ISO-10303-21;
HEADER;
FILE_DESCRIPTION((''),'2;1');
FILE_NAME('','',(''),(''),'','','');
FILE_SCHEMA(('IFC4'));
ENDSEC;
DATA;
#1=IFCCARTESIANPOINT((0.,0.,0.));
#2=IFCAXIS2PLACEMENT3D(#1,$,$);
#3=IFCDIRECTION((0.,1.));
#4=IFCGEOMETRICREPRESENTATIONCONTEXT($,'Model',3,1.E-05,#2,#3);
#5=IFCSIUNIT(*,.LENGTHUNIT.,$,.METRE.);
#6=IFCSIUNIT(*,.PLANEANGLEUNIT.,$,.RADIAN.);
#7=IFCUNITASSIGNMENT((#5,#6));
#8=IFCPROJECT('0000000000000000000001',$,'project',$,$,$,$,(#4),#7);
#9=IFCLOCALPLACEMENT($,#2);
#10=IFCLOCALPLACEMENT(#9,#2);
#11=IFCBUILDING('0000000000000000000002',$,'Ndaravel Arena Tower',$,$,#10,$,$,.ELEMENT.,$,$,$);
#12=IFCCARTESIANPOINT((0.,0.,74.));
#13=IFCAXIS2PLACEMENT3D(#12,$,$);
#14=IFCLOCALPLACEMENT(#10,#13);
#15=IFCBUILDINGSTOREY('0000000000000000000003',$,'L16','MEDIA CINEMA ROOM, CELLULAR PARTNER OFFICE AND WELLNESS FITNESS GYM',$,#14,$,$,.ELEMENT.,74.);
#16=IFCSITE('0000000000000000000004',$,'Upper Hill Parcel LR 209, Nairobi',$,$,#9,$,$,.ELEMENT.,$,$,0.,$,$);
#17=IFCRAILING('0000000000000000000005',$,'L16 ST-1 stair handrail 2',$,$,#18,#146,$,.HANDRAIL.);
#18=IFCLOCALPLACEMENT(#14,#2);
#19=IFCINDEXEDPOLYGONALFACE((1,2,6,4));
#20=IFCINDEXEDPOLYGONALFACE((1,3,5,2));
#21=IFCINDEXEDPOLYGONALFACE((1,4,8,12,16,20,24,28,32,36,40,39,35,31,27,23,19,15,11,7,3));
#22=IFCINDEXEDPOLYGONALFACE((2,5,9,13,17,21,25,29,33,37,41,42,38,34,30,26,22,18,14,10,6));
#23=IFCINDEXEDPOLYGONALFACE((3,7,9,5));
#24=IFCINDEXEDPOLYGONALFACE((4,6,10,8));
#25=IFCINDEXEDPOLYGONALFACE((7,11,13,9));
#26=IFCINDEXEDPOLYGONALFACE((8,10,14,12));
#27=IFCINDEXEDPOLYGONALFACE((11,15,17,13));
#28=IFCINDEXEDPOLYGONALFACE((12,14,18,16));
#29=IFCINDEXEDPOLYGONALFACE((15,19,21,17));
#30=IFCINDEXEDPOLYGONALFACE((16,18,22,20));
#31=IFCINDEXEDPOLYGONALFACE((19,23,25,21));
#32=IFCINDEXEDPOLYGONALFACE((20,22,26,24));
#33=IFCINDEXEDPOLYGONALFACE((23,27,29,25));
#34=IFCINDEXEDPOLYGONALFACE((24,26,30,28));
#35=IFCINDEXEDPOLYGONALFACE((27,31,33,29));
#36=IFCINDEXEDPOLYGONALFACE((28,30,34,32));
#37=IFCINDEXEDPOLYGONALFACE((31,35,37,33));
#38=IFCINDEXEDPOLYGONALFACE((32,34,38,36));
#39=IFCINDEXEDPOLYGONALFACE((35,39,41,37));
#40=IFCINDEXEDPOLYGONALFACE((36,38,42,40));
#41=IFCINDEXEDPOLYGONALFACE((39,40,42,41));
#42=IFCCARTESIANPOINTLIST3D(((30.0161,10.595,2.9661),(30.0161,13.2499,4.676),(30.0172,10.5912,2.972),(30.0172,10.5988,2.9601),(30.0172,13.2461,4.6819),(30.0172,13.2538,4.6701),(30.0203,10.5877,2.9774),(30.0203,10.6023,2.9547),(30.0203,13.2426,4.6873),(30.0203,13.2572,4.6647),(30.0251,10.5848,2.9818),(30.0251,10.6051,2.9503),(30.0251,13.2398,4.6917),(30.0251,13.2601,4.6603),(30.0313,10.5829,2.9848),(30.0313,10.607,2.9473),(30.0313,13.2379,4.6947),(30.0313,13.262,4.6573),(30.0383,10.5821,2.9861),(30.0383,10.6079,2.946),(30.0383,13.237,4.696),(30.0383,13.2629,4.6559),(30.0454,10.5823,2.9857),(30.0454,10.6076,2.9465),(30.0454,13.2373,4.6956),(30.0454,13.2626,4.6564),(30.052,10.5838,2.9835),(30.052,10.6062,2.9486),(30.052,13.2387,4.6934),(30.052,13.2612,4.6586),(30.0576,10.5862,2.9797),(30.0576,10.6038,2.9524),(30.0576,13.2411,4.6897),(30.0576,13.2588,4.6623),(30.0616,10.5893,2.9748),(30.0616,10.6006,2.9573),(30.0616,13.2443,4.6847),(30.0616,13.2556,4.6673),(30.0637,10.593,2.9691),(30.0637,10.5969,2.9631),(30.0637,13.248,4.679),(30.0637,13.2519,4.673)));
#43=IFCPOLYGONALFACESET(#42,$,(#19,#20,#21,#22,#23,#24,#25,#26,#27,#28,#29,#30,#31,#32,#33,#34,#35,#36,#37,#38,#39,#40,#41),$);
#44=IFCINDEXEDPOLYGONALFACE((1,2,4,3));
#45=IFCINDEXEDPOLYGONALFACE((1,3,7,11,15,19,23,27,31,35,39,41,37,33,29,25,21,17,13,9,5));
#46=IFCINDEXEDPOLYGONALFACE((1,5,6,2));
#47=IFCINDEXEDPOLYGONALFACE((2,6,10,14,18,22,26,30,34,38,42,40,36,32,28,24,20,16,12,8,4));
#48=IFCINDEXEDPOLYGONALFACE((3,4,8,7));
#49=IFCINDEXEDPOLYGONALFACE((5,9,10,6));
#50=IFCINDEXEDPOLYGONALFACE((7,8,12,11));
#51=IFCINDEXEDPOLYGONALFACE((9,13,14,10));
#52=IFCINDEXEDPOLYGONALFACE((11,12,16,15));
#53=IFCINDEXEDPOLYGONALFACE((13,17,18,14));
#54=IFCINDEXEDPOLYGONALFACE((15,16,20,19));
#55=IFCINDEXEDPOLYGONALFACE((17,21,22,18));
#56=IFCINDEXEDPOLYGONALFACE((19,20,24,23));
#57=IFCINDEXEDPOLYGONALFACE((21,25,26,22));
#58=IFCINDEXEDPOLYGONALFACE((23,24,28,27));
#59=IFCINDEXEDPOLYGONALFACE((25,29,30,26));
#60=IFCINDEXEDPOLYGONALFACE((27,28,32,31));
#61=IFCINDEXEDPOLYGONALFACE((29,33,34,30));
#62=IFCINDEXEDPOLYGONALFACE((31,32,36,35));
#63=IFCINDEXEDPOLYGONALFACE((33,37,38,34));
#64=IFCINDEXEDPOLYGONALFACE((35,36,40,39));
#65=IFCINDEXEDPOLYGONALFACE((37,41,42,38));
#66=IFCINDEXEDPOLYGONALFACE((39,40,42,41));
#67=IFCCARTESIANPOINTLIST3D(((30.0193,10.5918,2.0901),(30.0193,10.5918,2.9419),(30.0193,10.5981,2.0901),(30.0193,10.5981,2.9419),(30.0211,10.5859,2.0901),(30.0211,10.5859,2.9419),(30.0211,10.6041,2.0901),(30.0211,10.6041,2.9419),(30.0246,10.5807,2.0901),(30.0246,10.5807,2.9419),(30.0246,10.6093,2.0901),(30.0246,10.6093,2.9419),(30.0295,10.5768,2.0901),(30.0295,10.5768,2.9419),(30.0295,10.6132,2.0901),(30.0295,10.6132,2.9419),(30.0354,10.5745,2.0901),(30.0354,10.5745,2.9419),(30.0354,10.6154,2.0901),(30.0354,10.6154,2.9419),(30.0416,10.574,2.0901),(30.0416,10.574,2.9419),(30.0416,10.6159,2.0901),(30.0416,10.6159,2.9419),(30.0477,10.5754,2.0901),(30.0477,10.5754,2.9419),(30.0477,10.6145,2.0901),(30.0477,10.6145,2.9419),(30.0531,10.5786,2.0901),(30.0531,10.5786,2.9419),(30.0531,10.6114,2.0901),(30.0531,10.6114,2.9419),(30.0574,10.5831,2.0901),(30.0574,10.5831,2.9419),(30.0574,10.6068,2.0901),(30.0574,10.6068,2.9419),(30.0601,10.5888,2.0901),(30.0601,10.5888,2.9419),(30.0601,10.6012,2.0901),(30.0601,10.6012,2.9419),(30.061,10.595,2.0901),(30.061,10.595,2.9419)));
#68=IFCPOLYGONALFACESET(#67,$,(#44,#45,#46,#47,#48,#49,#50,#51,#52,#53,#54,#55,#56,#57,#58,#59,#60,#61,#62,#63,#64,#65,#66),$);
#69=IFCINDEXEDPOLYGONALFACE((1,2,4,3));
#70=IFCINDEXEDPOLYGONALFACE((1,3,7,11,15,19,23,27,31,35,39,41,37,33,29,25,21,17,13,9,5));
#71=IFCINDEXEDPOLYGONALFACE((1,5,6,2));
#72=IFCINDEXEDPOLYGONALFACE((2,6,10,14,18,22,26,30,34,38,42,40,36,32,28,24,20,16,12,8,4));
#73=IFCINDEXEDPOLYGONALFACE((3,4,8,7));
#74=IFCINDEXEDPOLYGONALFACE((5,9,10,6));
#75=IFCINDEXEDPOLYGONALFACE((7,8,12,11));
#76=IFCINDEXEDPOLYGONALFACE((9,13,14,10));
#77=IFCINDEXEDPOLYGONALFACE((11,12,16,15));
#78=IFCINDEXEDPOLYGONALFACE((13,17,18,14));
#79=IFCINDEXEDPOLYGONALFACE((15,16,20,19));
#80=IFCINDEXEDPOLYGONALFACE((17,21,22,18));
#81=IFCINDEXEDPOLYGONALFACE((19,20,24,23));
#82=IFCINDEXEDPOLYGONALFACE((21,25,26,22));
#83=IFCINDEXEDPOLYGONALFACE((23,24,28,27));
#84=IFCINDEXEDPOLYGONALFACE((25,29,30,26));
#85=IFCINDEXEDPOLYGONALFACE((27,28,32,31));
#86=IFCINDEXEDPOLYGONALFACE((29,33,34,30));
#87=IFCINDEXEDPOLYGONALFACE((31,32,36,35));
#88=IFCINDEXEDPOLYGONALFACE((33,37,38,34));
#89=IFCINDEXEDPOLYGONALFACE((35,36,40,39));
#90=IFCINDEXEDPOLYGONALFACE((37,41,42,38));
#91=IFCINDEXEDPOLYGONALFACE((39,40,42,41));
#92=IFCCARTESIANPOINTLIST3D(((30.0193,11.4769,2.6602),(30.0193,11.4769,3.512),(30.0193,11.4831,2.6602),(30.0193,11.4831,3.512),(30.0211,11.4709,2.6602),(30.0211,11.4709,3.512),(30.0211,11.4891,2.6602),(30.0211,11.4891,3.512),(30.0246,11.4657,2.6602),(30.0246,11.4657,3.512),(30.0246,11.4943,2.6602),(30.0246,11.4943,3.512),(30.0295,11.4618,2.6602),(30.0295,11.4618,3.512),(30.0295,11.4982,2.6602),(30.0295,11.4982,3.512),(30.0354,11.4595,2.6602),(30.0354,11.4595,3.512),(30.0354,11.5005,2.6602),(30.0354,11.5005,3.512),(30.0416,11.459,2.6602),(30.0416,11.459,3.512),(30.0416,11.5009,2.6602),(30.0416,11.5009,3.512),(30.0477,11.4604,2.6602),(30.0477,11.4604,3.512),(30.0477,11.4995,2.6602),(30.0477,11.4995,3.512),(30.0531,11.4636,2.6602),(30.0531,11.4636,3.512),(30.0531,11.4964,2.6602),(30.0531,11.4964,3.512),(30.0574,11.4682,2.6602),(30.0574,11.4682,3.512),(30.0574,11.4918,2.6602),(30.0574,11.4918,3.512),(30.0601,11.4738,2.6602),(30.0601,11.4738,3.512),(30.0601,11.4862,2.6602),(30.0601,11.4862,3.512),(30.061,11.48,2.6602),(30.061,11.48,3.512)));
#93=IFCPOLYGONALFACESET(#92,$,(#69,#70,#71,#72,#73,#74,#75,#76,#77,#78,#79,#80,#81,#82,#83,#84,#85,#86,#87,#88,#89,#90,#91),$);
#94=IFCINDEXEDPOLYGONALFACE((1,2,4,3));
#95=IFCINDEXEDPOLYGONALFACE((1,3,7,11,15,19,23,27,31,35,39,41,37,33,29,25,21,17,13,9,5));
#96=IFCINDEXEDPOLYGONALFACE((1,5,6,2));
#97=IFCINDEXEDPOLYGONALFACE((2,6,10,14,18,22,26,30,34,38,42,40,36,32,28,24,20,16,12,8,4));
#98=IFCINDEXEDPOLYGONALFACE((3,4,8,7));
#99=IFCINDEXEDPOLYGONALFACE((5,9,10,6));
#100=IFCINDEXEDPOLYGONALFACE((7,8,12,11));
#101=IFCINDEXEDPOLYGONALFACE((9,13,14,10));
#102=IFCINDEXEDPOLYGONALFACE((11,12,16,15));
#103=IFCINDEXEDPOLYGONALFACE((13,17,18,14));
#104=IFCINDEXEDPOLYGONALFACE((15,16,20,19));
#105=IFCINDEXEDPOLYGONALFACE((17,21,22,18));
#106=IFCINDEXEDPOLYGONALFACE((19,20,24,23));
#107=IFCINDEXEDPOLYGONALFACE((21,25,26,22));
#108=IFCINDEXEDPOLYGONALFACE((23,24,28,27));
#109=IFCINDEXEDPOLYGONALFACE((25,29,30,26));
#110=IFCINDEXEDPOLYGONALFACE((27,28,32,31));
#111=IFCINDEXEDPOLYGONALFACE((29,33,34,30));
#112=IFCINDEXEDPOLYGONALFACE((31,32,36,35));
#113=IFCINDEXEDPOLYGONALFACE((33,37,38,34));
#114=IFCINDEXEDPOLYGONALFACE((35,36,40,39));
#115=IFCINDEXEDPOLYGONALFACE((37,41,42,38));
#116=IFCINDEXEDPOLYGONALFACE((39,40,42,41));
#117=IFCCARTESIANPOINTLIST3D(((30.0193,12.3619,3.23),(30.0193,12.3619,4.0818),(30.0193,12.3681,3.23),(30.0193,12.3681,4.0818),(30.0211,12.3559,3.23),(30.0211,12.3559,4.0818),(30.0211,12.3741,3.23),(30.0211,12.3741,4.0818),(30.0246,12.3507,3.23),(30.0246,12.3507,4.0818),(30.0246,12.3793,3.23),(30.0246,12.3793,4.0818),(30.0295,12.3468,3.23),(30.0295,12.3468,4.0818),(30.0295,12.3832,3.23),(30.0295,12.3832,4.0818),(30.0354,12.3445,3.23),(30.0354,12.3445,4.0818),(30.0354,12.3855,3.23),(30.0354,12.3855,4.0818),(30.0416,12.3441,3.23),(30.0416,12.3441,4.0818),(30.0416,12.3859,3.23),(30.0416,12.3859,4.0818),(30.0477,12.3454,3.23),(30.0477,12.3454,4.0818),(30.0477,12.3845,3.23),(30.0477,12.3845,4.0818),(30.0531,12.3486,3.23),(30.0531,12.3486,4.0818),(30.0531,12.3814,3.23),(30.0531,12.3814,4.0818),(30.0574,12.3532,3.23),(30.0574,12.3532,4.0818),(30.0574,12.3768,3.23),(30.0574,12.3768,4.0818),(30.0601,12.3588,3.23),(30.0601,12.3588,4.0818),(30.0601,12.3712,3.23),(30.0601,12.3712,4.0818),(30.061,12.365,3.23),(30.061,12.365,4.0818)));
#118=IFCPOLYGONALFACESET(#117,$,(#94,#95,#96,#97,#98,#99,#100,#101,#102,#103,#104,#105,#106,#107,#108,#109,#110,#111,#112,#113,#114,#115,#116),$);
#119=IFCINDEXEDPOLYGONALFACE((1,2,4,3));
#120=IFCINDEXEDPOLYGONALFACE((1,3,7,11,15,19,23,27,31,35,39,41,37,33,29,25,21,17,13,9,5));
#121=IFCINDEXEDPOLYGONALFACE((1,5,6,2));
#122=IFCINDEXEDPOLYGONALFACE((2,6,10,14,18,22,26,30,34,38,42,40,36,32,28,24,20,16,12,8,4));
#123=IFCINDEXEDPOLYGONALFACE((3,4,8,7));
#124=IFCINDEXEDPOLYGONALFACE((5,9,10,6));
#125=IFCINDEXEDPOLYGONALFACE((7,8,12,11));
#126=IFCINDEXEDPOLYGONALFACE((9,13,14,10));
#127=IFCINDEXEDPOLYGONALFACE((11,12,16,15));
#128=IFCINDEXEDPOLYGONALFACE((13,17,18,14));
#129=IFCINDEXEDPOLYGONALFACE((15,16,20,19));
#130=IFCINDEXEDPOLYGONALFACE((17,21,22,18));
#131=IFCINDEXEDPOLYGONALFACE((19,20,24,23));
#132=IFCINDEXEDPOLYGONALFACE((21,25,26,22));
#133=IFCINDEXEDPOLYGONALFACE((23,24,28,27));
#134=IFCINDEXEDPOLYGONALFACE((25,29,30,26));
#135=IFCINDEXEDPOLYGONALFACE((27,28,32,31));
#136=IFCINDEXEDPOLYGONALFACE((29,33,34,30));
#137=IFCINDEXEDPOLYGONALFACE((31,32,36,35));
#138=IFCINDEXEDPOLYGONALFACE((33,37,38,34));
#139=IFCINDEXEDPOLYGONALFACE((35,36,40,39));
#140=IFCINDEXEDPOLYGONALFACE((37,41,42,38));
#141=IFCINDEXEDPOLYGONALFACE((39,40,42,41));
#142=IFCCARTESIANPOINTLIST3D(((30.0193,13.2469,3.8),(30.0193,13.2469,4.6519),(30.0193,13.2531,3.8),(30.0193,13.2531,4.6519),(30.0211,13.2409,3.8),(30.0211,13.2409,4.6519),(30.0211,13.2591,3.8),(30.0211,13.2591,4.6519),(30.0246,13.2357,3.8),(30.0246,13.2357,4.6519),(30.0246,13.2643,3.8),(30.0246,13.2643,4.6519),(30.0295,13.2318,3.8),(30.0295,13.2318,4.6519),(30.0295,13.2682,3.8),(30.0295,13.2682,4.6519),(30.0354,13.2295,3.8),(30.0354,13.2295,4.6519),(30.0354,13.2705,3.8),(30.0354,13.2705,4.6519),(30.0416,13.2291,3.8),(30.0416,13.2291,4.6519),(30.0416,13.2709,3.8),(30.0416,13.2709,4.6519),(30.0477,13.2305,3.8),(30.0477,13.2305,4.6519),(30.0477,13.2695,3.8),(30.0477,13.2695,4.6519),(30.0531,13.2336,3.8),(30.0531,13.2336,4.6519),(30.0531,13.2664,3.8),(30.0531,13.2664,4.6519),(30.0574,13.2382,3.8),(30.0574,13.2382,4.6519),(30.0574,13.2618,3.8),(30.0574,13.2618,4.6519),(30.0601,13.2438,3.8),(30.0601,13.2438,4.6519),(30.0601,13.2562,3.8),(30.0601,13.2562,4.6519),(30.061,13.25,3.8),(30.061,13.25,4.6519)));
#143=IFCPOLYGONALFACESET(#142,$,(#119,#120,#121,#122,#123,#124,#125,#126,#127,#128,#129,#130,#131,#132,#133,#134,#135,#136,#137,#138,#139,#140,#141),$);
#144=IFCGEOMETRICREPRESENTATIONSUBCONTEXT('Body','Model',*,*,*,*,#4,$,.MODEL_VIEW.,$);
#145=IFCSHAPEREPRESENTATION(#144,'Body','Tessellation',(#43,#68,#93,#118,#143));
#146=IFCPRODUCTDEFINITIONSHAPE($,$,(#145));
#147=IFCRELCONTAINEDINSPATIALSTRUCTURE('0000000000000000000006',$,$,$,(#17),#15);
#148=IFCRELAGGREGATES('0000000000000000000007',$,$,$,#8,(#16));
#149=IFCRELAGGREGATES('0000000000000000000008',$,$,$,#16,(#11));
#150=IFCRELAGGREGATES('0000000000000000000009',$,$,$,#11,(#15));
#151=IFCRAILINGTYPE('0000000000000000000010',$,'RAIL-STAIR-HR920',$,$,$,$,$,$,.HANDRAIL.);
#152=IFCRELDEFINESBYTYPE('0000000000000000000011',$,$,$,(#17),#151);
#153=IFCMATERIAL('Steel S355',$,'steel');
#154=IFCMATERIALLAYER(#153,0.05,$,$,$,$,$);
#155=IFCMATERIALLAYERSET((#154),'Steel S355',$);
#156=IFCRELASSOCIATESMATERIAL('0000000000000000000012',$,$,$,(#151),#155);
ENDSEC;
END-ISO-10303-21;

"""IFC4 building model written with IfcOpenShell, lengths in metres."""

from ifc_helpers import new_model, si_unit, direction, frame, origin, origin_2d, place, context, subcontext, project, spatial, circle, extrude, material, layer, layer_set, type_object, element, save


model = new_model("IFC4")

# Units and contexts
model_context = context("Model", 3, precision=1e-05, world=origin(), true_north=direction((0.0, 1.0)))
body_context = subcontext(model_context, "Body", "Model", "MODEL_VIEW")
ifc_project = project(units=[si_unit("LENGTHUNIT", "METRE"), si_unit("PLANEANGLEUNIT", "RADIAN")], contexts=[model_context])

# Site, building, storey
site_placement = place(None, origin())
site = spatial("IfcSite", under=ifc_project, at=site_placement, Name="Upper Hill Parcel LR 209, Nairobi", CompositionType="ELEMENT", RefElevation=0.0)
building_placement = place(site_placement, origin())
building = spatial("IfcBuilding", under=site, at=building_placement, Name="Ndaravel Arena Tower", CompositionType="ELEMENT")
storey_placement = place(building_placement, frame((0.0, 0.0, 74.0)))
storey = spatial("IfcBuildingStorey", under=building, at=storey_placement, Name="L16", Description="MEDIA CINEMA ROOM, CELLULAR PARTNER OFFICE AND WELLNESS FITNESS GYM", CompositionType="ELEMENT", Elevation=74.0)

# Railing
ifc_material_1 = material(Name="Steel S355", Category="steel")
ifc_layer_1 = layer(ifc_material_1, 0.05)
ifc_layer_set_1 = layer_set([ifc_layer_1], Name="Steel S355")
railing_type_1 = type_object("IfcRailingType", Name="RAIL-STAIR-HR920", PredefinedType="HANDRAIL", material=ifc_layer_set_1)
railing_1_placement = place(storey_placement, frame((30.04, 10.595, 2.0901)))
element("IfcRailing", 1, at=railing_1_placement, inside=storey, type_object=railing_type_1, Name="L16 ST-1 stair handrail 2", PredefinedType="HANDRAIL", context=body_context, shape_type="SweptSolid", body=[
    extrude(circle(Radius=0.0239, at=origin_2d()), frame((0.0, 0.0, 0.876), z_axis=(0.0, 0.840724, 0.541465), x_axis=(-1.0, 0.0, 0.0)), (0.0, 0.0, 1.0), 3.158),
    extrude(circle(Radius=0.021, at=origin_2d()), origin(), (0.0, 0.0, 1.0), 0.8518),
    extrude(circle(Radius=0.021, at=origin_2d()), frame((0.0, 0.885, 0.5701)), (0.0, 0.0, 1.0), 0.8518),
    extrude(circle(Radius=0.021, at=origin_2d()), frame((0.0, 1.77, 1.1399)), (0.0, 0.0, 1.0), 0.8518),
    extrude(circle(Radius=0.021, at=origin_2d()), frame((0.0, 2.655, 1.71)), (0.0, 0.0, 1.0), 0.8518),
])

save(model, "model.ifc")
